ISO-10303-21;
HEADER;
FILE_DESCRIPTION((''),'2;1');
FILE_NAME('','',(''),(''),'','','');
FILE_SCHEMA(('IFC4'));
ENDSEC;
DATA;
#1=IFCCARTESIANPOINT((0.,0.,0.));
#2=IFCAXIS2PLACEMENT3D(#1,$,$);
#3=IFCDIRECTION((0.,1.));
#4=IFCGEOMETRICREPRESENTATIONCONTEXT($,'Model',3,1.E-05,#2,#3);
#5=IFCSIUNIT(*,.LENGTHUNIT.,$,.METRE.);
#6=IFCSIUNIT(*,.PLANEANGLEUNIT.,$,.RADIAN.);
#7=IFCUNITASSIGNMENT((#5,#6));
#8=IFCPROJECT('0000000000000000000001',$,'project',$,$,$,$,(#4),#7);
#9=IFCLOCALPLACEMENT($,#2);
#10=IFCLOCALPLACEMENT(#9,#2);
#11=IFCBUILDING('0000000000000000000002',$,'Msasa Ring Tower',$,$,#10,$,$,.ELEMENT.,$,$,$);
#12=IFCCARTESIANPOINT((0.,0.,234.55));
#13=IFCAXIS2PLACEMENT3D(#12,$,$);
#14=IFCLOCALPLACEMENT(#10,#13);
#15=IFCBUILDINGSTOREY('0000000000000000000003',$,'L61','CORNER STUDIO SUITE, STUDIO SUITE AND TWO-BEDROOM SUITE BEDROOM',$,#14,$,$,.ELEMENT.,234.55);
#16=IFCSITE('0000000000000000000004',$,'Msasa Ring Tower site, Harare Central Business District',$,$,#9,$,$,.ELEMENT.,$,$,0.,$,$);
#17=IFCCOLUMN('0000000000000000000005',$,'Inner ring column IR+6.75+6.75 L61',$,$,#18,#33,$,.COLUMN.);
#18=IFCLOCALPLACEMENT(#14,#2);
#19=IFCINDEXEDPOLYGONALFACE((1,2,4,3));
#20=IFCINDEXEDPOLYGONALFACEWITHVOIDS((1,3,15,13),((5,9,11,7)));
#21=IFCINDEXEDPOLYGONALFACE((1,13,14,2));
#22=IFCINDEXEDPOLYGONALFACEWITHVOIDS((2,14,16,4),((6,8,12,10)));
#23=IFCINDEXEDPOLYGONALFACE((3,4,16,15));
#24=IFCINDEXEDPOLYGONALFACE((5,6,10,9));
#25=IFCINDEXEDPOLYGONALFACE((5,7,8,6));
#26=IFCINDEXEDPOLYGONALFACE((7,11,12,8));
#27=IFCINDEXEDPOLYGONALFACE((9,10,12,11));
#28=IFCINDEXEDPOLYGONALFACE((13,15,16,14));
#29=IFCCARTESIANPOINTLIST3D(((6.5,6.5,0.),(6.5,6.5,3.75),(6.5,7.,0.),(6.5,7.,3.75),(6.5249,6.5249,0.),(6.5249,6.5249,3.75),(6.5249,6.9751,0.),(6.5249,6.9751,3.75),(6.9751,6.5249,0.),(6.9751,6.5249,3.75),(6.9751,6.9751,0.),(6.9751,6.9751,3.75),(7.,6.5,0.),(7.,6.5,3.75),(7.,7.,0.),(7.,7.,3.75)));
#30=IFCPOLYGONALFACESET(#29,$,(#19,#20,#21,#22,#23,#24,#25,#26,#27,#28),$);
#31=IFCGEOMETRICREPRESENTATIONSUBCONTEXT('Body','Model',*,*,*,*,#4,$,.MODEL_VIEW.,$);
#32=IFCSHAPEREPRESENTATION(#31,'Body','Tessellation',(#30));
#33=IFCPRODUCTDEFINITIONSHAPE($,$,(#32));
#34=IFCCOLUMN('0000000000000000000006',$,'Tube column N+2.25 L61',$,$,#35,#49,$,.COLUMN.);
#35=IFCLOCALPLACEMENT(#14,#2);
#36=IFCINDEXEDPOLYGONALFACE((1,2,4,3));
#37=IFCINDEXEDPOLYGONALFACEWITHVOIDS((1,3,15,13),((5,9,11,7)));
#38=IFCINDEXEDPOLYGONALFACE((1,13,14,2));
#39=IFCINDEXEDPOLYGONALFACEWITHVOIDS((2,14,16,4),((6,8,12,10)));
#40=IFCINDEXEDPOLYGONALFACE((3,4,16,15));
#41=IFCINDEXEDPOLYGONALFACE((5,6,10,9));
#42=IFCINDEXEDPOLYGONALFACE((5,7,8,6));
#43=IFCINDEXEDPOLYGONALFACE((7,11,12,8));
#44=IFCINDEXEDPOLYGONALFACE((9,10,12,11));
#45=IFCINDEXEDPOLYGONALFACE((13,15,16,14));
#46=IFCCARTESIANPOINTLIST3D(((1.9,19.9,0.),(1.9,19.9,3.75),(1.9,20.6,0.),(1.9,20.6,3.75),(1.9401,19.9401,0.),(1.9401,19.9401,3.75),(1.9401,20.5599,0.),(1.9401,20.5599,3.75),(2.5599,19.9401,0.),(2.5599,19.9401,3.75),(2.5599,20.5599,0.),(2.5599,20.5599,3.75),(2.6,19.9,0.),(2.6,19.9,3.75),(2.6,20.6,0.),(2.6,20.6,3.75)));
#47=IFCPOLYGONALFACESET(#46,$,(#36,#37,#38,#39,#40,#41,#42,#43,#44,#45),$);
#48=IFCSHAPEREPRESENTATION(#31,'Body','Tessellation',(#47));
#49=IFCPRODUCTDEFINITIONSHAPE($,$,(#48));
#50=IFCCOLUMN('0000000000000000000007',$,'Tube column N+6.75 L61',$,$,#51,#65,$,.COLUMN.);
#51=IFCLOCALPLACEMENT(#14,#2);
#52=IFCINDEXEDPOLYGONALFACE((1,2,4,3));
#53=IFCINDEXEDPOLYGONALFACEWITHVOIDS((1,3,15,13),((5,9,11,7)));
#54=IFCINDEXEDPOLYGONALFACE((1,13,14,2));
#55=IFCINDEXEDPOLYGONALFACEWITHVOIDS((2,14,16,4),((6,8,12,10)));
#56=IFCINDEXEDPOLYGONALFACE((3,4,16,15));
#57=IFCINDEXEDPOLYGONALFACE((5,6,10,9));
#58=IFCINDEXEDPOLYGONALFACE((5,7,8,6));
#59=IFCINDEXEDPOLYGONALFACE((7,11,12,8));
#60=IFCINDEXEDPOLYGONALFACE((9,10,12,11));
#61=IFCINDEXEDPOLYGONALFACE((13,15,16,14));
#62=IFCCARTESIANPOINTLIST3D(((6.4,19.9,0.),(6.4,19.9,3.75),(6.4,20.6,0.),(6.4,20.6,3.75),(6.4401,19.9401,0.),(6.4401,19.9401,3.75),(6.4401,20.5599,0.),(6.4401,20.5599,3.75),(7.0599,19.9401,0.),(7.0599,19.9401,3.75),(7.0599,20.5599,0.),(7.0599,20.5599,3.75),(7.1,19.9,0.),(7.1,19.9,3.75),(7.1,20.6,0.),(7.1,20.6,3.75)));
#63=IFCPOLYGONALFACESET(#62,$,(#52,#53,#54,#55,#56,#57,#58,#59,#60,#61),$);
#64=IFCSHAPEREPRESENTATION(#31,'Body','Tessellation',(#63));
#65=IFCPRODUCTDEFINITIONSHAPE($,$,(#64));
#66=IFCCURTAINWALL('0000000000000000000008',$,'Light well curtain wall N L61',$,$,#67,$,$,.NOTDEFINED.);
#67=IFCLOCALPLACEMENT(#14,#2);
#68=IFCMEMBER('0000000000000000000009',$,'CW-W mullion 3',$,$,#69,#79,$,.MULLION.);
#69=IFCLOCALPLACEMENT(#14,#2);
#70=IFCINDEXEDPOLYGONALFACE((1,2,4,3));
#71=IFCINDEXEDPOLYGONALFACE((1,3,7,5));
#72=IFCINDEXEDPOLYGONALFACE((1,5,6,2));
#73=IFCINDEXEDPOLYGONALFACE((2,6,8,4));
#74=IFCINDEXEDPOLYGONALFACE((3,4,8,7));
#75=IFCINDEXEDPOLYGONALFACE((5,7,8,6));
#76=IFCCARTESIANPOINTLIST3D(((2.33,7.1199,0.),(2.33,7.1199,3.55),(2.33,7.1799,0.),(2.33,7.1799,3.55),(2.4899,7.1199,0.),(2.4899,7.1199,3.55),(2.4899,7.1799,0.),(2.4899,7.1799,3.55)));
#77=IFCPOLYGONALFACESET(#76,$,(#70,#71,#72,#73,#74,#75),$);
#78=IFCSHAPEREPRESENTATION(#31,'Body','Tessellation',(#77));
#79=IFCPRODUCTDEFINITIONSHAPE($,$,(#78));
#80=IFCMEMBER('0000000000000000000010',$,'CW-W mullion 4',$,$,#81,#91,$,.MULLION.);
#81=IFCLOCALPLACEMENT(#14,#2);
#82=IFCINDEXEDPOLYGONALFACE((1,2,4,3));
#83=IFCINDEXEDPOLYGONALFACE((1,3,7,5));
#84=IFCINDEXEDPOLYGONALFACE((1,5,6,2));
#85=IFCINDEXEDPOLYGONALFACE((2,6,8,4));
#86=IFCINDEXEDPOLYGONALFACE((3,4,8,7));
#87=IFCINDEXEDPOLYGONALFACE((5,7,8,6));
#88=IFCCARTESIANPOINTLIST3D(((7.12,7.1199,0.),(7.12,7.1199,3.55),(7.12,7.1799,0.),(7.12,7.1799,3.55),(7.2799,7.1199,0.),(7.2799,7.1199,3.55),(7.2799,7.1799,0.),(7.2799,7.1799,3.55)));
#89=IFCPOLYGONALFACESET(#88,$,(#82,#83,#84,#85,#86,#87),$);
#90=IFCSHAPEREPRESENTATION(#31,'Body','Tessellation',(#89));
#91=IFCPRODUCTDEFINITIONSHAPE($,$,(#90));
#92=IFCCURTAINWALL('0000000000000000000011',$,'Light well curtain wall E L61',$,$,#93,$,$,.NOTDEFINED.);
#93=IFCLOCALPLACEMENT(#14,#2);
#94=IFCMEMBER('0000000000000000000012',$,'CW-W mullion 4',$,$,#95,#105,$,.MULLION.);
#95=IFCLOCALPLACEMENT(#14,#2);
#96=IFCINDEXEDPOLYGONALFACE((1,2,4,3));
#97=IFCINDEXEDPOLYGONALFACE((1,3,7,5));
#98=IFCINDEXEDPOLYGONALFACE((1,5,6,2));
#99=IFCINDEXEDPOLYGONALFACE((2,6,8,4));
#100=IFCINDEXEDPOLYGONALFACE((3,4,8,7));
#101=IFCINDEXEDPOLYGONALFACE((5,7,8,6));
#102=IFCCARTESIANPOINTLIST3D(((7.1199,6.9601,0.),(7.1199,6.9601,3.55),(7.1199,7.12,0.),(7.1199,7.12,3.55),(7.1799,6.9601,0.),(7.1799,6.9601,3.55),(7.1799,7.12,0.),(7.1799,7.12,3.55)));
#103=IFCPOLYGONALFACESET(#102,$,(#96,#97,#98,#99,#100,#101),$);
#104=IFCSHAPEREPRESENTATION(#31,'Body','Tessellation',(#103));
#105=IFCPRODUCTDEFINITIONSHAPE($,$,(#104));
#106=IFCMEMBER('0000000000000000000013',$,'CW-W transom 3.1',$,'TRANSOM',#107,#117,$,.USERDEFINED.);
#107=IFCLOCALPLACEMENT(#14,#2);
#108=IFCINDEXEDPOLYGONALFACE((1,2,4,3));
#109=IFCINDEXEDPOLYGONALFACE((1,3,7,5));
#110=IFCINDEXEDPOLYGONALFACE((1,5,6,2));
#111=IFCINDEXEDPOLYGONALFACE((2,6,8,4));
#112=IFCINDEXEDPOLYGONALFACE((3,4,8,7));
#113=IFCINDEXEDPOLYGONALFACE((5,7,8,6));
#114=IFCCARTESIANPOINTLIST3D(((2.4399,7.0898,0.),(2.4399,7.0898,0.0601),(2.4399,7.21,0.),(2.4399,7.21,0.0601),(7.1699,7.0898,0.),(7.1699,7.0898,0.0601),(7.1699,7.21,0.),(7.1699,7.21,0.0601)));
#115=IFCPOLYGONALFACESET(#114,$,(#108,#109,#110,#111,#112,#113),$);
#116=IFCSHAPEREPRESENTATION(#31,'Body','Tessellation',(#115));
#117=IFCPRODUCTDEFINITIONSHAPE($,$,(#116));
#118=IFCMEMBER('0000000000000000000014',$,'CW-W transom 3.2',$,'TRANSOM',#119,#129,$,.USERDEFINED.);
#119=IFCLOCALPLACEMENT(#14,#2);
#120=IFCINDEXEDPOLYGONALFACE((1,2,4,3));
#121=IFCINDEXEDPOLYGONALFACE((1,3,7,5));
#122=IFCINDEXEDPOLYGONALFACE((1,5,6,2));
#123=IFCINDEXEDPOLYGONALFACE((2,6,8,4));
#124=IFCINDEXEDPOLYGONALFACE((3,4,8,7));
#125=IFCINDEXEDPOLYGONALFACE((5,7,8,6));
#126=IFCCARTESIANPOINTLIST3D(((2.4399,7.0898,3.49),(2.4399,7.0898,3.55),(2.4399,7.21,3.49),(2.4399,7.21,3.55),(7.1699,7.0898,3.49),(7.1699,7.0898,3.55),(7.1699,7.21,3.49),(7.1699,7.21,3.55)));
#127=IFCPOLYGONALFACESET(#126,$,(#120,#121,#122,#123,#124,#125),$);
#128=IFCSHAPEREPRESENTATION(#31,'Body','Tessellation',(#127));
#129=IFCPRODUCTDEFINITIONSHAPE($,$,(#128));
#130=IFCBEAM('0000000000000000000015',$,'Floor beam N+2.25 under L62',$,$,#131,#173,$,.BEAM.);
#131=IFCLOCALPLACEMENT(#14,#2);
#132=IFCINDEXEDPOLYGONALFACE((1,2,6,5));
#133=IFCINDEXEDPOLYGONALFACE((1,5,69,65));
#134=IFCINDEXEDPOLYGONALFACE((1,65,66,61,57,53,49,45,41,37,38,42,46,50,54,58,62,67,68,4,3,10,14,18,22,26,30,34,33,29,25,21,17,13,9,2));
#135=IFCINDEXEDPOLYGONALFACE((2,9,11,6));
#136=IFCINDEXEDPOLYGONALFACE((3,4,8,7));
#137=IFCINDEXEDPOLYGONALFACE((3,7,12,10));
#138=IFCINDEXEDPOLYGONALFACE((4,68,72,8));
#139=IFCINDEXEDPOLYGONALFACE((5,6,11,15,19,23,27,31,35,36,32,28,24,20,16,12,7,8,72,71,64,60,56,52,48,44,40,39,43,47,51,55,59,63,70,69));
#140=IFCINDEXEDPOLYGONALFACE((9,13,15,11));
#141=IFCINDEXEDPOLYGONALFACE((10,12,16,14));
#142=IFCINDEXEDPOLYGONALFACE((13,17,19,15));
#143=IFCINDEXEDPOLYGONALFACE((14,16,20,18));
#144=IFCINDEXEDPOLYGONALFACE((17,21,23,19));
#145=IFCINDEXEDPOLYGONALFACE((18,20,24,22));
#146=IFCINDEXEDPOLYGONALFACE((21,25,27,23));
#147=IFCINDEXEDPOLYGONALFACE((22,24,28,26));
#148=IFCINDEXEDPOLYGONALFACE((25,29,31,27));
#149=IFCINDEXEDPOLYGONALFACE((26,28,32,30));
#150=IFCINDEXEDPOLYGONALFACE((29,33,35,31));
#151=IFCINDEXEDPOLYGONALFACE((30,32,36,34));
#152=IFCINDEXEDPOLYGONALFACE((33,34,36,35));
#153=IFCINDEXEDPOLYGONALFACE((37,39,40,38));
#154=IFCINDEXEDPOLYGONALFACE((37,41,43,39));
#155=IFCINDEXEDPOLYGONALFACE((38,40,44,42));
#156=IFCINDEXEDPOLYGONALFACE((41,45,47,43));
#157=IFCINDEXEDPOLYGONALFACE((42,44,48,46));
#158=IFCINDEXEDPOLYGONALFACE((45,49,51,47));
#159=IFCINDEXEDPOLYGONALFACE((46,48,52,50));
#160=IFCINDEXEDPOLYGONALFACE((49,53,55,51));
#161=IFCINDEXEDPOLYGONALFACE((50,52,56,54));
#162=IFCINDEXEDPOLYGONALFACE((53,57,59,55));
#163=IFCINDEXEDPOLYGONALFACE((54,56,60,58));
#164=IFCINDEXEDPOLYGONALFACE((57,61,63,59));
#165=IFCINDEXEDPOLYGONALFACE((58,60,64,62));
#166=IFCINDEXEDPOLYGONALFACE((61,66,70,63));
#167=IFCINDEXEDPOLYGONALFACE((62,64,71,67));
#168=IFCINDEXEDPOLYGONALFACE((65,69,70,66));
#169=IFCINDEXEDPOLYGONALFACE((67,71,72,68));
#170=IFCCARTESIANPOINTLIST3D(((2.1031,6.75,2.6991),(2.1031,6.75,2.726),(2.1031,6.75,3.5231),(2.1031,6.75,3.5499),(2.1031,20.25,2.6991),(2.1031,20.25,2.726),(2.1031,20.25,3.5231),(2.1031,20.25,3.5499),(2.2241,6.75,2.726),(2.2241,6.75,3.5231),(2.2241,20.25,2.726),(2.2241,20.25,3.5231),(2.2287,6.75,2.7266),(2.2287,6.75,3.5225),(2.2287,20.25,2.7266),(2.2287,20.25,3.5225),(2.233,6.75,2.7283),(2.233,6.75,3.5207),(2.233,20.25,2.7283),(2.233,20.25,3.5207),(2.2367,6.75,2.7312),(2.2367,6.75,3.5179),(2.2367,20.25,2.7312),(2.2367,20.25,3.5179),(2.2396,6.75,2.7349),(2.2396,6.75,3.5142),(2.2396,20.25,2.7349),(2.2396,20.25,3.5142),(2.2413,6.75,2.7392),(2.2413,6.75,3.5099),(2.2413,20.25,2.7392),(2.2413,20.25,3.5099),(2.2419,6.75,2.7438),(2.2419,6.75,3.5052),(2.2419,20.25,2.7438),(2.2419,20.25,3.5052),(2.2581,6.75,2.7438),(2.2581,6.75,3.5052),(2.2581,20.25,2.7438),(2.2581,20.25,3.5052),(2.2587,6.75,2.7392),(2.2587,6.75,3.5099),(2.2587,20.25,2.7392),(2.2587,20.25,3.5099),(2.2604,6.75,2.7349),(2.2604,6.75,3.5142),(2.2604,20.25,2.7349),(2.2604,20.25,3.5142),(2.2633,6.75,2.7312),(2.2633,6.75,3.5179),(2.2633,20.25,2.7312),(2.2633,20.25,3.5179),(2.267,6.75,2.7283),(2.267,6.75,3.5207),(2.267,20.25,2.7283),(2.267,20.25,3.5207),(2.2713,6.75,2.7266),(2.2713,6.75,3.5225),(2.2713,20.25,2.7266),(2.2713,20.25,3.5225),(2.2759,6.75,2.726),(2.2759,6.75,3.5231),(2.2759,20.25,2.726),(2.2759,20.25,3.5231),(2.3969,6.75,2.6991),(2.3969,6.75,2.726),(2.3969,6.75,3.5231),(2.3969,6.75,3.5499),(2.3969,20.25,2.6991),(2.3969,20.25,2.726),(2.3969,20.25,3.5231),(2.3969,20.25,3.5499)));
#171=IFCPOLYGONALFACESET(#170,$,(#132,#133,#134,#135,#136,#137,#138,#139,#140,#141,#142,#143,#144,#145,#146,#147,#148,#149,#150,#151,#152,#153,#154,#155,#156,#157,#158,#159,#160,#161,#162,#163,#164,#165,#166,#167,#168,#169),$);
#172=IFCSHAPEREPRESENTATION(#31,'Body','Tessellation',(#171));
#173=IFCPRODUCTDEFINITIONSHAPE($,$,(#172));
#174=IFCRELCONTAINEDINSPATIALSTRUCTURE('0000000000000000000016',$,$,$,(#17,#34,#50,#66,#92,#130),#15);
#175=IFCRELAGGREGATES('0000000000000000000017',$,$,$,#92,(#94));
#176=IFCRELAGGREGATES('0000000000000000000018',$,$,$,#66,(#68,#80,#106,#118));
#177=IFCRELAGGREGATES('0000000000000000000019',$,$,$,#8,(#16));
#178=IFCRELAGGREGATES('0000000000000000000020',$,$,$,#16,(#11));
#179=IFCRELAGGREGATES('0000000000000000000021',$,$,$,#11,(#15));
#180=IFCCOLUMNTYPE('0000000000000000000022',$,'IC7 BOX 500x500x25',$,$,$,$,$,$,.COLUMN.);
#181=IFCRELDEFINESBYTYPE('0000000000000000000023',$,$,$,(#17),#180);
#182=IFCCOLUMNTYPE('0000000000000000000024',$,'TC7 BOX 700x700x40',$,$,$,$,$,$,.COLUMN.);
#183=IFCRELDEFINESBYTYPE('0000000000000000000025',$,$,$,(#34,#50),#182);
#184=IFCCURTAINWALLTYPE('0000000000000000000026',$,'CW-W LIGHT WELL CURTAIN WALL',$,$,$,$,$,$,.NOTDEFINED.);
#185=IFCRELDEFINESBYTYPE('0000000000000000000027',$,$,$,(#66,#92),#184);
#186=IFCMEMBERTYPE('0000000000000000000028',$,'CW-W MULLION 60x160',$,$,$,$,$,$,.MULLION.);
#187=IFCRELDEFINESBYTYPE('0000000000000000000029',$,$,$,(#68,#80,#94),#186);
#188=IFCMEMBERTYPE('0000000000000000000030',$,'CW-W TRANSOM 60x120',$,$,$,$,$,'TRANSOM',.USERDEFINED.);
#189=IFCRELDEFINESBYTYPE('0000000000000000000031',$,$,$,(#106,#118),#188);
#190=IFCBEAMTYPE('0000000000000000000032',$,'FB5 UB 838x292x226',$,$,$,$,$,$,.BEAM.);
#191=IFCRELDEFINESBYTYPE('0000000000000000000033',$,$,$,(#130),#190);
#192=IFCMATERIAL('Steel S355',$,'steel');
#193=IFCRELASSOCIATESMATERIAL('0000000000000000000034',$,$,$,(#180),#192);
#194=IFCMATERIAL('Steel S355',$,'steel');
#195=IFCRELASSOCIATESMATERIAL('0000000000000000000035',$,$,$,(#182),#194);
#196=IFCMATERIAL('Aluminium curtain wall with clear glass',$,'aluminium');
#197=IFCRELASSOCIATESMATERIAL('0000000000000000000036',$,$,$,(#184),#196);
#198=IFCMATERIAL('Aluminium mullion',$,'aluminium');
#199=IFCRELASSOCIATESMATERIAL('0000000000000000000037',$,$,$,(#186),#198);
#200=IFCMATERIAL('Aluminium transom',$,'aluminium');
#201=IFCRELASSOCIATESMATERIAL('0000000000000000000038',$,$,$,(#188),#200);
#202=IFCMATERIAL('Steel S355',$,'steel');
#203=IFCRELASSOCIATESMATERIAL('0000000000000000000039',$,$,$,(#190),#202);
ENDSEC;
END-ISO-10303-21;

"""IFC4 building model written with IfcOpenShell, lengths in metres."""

from ifc_helpers import new_model, si_unit, direction, frame, origin, origin_2d, place, context, subcontext, project, spatial, rectangle, hollow_rectangle, i_section, extrude, material, material_profile, profile_set, type_object, element, aggregate, save


model = new_model("IFC4")

# Units and contexts
model_context = context("Model", 3, precision=1e-05, world=origin(), true_north=direction((0.0, 1.0)))
body_context = subcontext(model_context, "Body", "Model", "MODEL_VIEW")
ifc_project = project(units=[si_unit("LENGTHUNIT", "METRE"), si_unit("PLANEANGLEUNIT", "RADIAN")], contexts=[model_context])

# Site, building, storey
site_placement = place(None, origin())
site = spatial("IfcSite", under=ifc_project, at=site_placement, Name="Msasa Ring Tower site, Harare Central Business District", CompositionType="ELEMENT", RefElevation=0.0)
building_placement = place(site_placement, origin())
building = spatial("IfcBuilding", under=site, at=building_placement, Name="Msasa Ring Tower", CompositionType="ELEMENT")
storey_placement = place(building_placement, frame((0.0, 0.0, 234.55)))
storey = spatial("IfcBuildingStorey", under=building, at=storey_placement, Name="L61", Description="CORNER STUDIO SUITE, STUDIO SUITE AND TWO-BEDROOM SUITE BEDROOM", CompositionType="ELEMENT", Elevation=234.55)

# Columns
ifc_material_1 = material(Name="Steel S355", Category="steel")
ifc_material_profile_1 = material_profile(ifc_material_1, hollow_rectangle(XDim=0.5, YDim=0.5, WallThickness=0.0249, at=origin_2d()), Name="BOX 500x500x25")
ifc_profile_set_1 = profile_set([ifc_material_profile_1], Name="Steel S355")
column_type_1 = type_object("IfcColumnType", Name="IC7 BOX 500x500x25", PredefinedType="COLUMN", material=ifc_profile_set_1)
column_placement = place(storey_placement, frame((6.75, 6.75, 0.0), z_axis=(0.0, 0.0, 1.0), x_axis=(1.0, 0.0, 0.0)))
element("IfcColumn", 1, at=column_placement, inside=storey, type_object=column_type_1, Name="Inner ring column IR+6.75+6.75 L61", PredefinedType="COLUMN", context=body_context, shape_type="SweptSolid", body=[
    extrude(hollow_rectangle(XDim=0.5, YDim=0.5, WallThickness=0.0249, at=origin_2d()), origin(), (0.0, 0.0, 1.0), 3.75),
])
ifc_material_2 = material(Name="Steel S355", Category="steel")
ifc_material_profile_2 = material_profile(ifc_material_2, hollow_rectangle(XDim=0.7, YDim=0.7, WallThickness=0.04, at=origin_2d()), Name="BOX 700x700x40")
ifc_profile_set_2 = profile_set([ifc_material_profile_2], Name="Steel S355")
column_type_2 = type_object("IfcColumnType", Name="TC7 BOX 700x700x40", PredefinedType="COLUMN", material=ifc_profile_set_2)
for number, where, z_axis, x_axis, name in (
    (2, (2.25, 20.25, 0.0), (0.0, 0.0, 1.0), (0.0, 1.0, 0.0), "Tube column N+2.25 L61"),
    (3, (6.75, 20.25, 0.0), (0.0, 0.0, 1.0), (0.0, 1.0, 0.0), "Tube column N+6.75 L61"),
):
    element("IfcColumn", number, at=place(storey_placement, frame(where, z_axis=z_axis, x_axis=x_axis)), inside=storey, type_object=column_type_2, Name=name, PredefinedType="COLUMN", context=body_context, shape_type="SweptSolid", body=[
        extrude(hollow_rectangle(XDim=0.7, YDim=0.7, WallThickness=0.04, at=origin_2d()), origin(), (0.0, 0.0, 1.0), 3.75),
    ])

# Curtain wall, members
ifc_material_3 = material(Name="Aluminium curtain wall with clear glass", Category="aluminium")
curtain_wall_type = type_object("IfcCurtainWallType", Name="CW-W LIGHT WELL CURTAIN WALL", PredefinedType="NOTDEFINED", material=ifc_material_3)
curtain_wall_1_placement = place(storey_placement, origin())
curtain_wall_1 = element("IfcCurtainWall", 4, at=curtain_wall_1_placement, inside=storey, type_object=curtain_wall_type, Name="Light well curtain wall N L61", PredefinedType="NOTDEFINED")
ifc_material_4 = material(Name="Aluminium mullion", Category="aluminium")
ifc_material_profile_3 = material_profile(ifc_material_4, rectangle(XDim=0.0601, YDim=0.1599, at=origin_2d()), Name="AL 60x160")
ifc_profile_set_3 = profile_set([ifc_material_profile_3], Name="Aluminium mullion")
member_type_1 = type_object("IfcMemberType", Name="CW-W MULLION 60x160", PredefinedType="MULLION", material=ifc_profile_set_3)
member_1_placement = place(storey_placement, frame((2.4099, 7.1499, 0.0), z_axis=(0.0, 0.0, 1.0), x_axis=(0.0, 1.0, 0.0)))
member_1 = element("IfcMember", 5, at=member_1_placement, type_object=member_type_1, Name="CW-W mullion 3", PredefinedType="MULLION", context=body_context, shape_type="SweptSolid", body=[
    extrude(rectangle(XDim=0.0601, YDim=0.1599, at=origin_2d()), origin(), (0.0, 0.0, 1.0), 3.55),
])
member_2_placement = place(storey_placement, frame((7.2, 7.1499, 0.0), z_axis=(0.0, 0.0, 1.0), x_axis=(0.0, 1.0, 0.0)))
member_2 = element("IfcMember", 6, at=member_2_placement, type_object=member_type_1, Name="CW-W mullion 4", PredefinedType="MULLION", context=body_context, shape_type="SweptSolid", body=[
    extrude(rectangle(XDim=0.0601, YDim=0.1599, at=origin_2d()), origin(), (0.0, 0.0, 1.0), 3.55),
])

# Curtain wall, member
curtain_wall_2_placement = place(storey_placement, origin())
curtain_wall_2 = element("IfcCurtainWall", 7, at=curtain_wall_2_placement, inside=storey, type_object=curtain_wall_type, Name="Light well curtain wall E L61", PredefinedType="NOTDEFINED")
member_3_placement = place(storey_placement, frame((7.1499, 7.04, 0.0), z_axis=(0.0, 0.0, 1.0), x_axis=(-1.0, 0.0, 0.0)))
member_3 = element("IfcMember", 8, at=member_3_placement, type_object=member_type_1, Name="CW-W mullion 4", PredefinedType="MULLION", context=body_context, shape_type="SweptSolid", body=[
    extrude(rectangle(XDim=0.0601, YDim=0.1599, at=origin_2d()), origin(), (0.0, 0.0, 1.0), 3.55),
])
aggregate(curtain_wall_2, [member_3])

# Members
ifc_material_5 = material(Name="Aluminium transom", Category="aluminium")
ifc_material_profile_4 = material_profile(ifc_material_5, rectangle(XDim=0.1201, YDim=0.0601, at=origin_2d()), Name="AL 60x120")
ifc_profile_set_4 = profile_set([ifc_material_profile_4], Name="Aluminium transom")
member_type_2 = type_object("IfcMemberType", Name="CW-W TRANSOM 60x120", ElementType="TRANSOM", PredefinedType="USERDEFINED", material=ifc_profile_set_4)
member_4_placement = place(storey_placement, frame((2.4399, 7.1499, 0.03), z_axis=(1.0, 0.0, 0.0), x_axis=(0.0, 1.0, 0.0)))
member_4 = element("IfcMember", 9, at=member_4_placement, type_object=member_type_2, Name="CW-W transom 3.1", ObjectType="TRANSOM", PredefinedType="USERDEFINED", context=body_context, shape_type="SweptSolid", body=[
    extrude(rectangle(XDim=0.1201, YDim=0.0601, at=origin_2d()), origin(), (0.0, 0.0, 1.0), 4.73),
])
member_5_placement = place(storey_placement, frame((2.4399, 7.1499, 3.52), z_axis=(1.0, 0.0, 0.0), x_axis=(0.0, 1.0, 0.0)))
member_5 = element("IfcMember", 10, at=member_5_placement, type_object=member_type_2, Name="CW-W transom 3.2", ObjectType="TRANSOM", PredefinedType="USERDEFINED", context=body_context, shape_type="SweptSolid", body=[
    extrude(rectangle(XDim=0.1201, YDim=0.0601, at=origin_2d()), origin(), (0.0, 0.0, 1.0), 4.73),
])

# Beam
ifc_material_6 = material(Name="Steel S355", Category="steel")
ifc_material_profile_5 = material_profile(ifc_material_6, i_section(OverallWidth=0.2937, OverallDepth=0.8508, WebThickness=0.0161, FlangeThickness=0.0269, FilletRadius=0.0178, at=origin_2d()), Name="UB 838x292x226")
ifc_profile_set_5 = profile_set([ifc_material_profile_5], Name="Steel S355")
beam_type_1 = type_object("IfcBeamType", Name="FB5 UB 838x292x226", PredefinedType="BEAM", material=ifc_profile_set_5)
for number, where, z_axis, x_axis, name in (
    (11, (2.25, 20.25, 3.1245), (0.0, -1.0, 0.0), (1.0, 0.0, 0.0), "Floor beam N+2.25 under L62"),
):
    element("IfcBeam", number, at=place(storey_placement, frame(where, z_axis=z_axis, x_axis=x_axis)), inside=storey, type_object=beam_type_1, Name=name, PredefinedType="BEAM", context=body_context, shape_type="SweptSolid", body=[
        extrude(i_section(OverallWidth=0.2937, OverallDepth=0.8508, WebThickness=0.0161, FlangeThickness=0.0269, FilletRadius=0.0178, at=origin_2d()), origin(), (0.0, 0.0, 1.0), 13.5),
    ])

aggregate(curtain_wall_1, [member_1, member_2, member_4, member_5])

save(model, "model.ifc")
